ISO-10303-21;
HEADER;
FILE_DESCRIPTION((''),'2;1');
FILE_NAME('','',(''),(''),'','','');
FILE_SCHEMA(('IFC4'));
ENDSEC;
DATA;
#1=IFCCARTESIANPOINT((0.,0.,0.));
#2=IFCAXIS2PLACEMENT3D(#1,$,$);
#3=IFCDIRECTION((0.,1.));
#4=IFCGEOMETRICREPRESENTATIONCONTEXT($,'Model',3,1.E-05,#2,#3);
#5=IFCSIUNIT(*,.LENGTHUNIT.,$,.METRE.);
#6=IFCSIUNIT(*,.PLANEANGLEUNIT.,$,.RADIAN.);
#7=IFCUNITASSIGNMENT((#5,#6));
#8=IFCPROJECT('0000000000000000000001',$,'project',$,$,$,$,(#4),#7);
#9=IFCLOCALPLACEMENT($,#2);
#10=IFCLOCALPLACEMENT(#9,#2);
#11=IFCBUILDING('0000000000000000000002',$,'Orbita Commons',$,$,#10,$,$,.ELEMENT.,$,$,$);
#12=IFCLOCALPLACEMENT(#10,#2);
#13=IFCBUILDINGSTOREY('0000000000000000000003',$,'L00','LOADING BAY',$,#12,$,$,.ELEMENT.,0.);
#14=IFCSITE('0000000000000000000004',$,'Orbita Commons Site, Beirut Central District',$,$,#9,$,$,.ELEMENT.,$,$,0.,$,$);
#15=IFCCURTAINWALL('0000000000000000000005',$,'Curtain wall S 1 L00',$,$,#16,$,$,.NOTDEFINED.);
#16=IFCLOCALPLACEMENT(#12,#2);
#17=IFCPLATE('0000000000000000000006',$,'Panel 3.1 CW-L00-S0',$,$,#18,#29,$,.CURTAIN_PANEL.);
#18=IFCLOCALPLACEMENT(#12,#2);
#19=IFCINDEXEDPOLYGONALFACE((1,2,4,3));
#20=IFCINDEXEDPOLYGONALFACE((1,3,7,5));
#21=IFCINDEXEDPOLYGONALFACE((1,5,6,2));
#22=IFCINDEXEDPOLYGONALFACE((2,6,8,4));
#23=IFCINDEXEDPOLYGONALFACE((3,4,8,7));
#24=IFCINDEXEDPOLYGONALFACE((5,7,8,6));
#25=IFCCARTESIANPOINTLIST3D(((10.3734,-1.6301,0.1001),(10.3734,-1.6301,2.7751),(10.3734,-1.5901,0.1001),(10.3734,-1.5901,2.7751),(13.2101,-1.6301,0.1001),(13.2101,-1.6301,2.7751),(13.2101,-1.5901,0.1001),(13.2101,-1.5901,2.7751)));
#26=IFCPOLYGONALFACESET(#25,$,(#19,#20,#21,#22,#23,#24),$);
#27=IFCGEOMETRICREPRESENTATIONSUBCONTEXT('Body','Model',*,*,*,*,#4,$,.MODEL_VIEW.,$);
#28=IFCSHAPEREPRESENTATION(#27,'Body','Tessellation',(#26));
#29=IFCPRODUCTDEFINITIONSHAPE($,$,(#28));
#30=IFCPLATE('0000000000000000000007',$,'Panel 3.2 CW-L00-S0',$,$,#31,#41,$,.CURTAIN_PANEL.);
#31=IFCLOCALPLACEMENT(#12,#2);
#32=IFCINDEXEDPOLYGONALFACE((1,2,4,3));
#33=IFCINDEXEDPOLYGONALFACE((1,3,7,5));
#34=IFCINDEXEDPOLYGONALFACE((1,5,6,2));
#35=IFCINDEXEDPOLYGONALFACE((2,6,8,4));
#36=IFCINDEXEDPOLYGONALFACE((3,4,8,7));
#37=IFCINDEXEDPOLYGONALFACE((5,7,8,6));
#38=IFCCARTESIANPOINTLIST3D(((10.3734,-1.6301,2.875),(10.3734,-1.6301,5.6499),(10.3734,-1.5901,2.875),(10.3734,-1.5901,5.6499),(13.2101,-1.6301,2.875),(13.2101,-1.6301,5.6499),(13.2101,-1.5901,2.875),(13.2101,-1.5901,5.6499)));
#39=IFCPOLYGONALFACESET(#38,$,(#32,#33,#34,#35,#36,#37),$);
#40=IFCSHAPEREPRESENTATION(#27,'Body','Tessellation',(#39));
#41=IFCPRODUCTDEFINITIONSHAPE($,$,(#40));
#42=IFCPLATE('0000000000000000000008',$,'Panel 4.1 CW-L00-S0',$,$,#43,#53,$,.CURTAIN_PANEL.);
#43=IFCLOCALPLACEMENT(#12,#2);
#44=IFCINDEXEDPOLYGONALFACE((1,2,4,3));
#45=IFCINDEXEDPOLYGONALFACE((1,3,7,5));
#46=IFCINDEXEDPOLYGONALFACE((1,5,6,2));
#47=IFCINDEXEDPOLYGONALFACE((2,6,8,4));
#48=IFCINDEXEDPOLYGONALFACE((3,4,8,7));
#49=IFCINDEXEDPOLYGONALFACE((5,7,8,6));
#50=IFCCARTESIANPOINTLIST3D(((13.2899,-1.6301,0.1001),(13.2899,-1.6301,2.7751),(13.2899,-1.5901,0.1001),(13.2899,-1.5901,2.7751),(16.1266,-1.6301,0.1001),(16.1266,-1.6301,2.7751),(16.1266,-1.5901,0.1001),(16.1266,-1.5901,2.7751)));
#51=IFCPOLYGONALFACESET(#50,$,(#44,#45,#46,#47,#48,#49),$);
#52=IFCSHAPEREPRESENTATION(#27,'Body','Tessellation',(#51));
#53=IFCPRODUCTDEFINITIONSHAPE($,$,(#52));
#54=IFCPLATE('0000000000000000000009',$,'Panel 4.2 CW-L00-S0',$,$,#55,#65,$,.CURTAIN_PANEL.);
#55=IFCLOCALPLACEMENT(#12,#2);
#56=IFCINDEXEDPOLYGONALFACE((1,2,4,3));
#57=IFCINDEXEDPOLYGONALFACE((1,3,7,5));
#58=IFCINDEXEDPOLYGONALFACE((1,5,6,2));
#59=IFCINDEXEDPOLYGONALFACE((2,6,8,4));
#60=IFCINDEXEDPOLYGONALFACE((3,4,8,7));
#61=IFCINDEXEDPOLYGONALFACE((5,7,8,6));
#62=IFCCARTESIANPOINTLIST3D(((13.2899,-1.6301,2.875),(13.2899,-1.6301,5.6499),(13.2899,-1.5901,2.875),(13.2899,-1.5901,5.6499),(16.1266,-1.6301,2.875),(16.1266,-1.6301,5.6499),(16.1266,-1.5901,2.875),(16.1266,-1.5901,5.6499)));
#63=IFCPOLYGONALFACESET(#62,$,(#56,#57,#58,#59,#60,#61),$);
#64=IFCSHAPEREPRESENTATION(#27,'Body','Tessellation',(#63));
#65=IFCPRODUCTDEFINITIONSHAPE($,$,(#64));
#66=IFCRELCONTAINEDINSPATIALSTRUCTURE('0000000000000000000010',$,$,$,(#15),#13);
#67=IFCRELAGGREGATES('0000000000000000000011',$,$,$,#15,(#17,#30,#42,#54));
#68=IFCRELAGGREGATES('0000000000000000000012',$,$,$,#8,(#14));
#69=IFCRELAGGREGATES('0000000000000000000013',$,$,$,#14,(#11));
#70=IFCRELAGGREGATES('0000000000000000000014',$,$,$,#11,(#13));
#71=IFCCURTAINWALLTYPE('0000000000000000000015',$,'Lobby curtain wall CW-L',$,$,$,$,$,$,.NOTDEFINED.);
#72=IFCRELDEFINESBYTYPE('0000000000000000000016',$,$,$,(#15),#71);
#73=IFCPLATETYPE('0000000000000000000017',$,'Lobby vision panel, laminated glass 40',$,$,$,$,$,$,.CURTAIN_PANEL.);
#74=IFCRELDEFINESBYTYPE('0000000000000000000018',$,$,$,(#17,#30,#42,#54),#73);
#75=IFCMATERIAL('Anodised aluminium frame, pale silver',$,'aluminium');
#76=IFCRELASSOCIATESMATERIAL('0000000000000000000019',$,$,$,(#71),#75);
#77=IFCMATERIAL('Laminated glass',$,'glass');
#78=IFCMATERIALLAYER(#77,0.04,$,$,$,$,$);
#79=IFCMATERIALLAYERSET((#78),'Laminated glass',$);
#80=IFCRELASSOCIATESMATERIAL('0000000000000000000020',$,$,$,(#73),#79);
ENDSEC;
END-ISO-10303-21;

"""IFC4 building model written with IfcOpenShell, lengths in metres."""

from ifc_helpers import new_model, si_unit, direction, frame, origin, origin_2d, place, context, subcontext, project, spatial, rectangle, extrude, material, layer, layer_set, type_object, element, aggregate, save


model = new_model("IFC4")

# Units and contexts
model_context = context("Model", 3, precision=1e-05, world=origin(), true_north=direction((0.0, 1.0)))
body_context = subcontext(model_context, "Body", "Model", "MODEL_VIEW")
ifc_project = project(units=[si_unit("LENGTHUNIT", "METRE"), si_unit("PLANEANGLEUNIT", "RADIAN")], contexts=[model_context])

# Site, building, storey
site_placement = place(None, origin())
site = spatial("IfcSite", under=ifc_project, at=site_placement, Name="Orbita Commons Site, Beirut Central District", CompositionType="ELEMENT", RefElevation=0.0)
building_placement = place(site_placement, origin())
building = spatial("IfcBuilding", under=site, at=building_placement, Name="Orbita Commons", CompositionType="ELEMENT")
storey_placement = place(building_placement, origin())
storey = spatial("IfcBuildingStorey", under=building, at=storey_placement, Name="L00", Description="LOADING BAY", CompositionType="ELEMENT", Elevation=0.0)

# Curtain wall, plates
ifc_material_1 = material(Name="Anodised aluminium frame, pale silver", Category="aluminium")
curtain_wall_type = type_object("IfcCurtainWallType", Name="Lobby curtain wall CW-L", PredefinedType="NOTDEFINED", material=ifc_material_1)
curtain_wall_placement = place(storey_placement, origin())
curtain_wall = element("IfcCurtainWall", 1, at=curtain_wall_placement, inside=storey, type_object=curtain_wall_type, Name="Curtain wall S 1 L00", PredefinedType="NOTDEFINED")
ifc_material_2 = material(Name="Laminated glass", Category="glass")
ifc_layer = layer(ifc_material_2, 0.04)
ifc_layer_set = layer_set([ifc_layer], Name="Laminated glass")
plate_type = type_object("IfcPlateType", Name="Lobby vision panel, laminated glass 40", PredefinedType="CURTAIN_PANEL", material=ifc_layer_set)
plate_1_placement = place(storey_placement, frame((11.7917, -1.6101, 0.1001), z_axis=(0.0, 0.0, 1.0), x_axis=(1.0, 0.0, 0.0)))
plate_1 = element("IfcPlate", 2, at=plate_1_placement, type_object=plate_type, Name="Panel 3.1 CW-L00-S0", PredefinedType="CURTAIN_PANEL", context=body_context, shape_type="SweptSolid", body=[
    extrude(rectangle(XDim=2.8367, YDim=0.04, at=origin_2d()), origin(), (0.0, 0.0, 1.0), 2.675),
])
plate_2_placement = place(storey_placement, frame((11.7917, -1.6101, 2.875), z_axis=(0.0, 0.0, 1.0), x_axis=(1.0, 0.0, 0.0)))
plate_2 = element("IfcPlate", 3, at=plate_2_placement, type_object=plate_type, Name="Panel 3.2 CW-L00-S0", PredefinedType="CURTAIN_PANEL", context=body_context, shape_type="SweptSolid", body=[
    extrude(rectangle(XDim=2.8367, YDim=0.04, at=origin_2d()), origin(), (0.0, 0.0, 1.0), 2.7749),
])
plate_3_placement = place(storey_placement, frame((14.7083, -1.6101, 0.1001), z_axis=(0.0, 0.0, 1.0), x_axis=(1.0, 0.0, 0.0)))
plate_3 = element("IfcPlate", 4, at=plate_3_placement, type_object=plate_type, Name="Panel 4.1 CW-L00-S0", PredefinedType="CURTAIN_PANEL", context=body_context, shape_type="SweptSolid", body=[
    extrude(rectangle(XDim=2.8367, YDim=0.04, at=origin_2d()), origin(), (0.0, 0.0, 1.0), 2.675),
])
plate_4_placement = place(storey_placement, frame((14.7083, -1.6101, 2.875), z_axis=(0.0, 0.0, 1.0), x_axis=(1.0, 0.0, 0.0)))
plate_4 = element("IfcPlate", 5, at=plate_4_placement, type_object=plate_type, Name="Panel 4.2 CW-L00-S0", PredefinedType="CURTAIN_PANEL", context=body_context, shape_type="SweptSolid", body=[
    extrude(rectangle(XDim=2.8367, YDim=0.04, at=origin_2d()), origin(), (0.0, 0.0, 1.0), 2.7749),
])
aggregate(curtain_wall, [plate_1, plate_2, plate_3, plate_4])

save(model, "model.ifc")
